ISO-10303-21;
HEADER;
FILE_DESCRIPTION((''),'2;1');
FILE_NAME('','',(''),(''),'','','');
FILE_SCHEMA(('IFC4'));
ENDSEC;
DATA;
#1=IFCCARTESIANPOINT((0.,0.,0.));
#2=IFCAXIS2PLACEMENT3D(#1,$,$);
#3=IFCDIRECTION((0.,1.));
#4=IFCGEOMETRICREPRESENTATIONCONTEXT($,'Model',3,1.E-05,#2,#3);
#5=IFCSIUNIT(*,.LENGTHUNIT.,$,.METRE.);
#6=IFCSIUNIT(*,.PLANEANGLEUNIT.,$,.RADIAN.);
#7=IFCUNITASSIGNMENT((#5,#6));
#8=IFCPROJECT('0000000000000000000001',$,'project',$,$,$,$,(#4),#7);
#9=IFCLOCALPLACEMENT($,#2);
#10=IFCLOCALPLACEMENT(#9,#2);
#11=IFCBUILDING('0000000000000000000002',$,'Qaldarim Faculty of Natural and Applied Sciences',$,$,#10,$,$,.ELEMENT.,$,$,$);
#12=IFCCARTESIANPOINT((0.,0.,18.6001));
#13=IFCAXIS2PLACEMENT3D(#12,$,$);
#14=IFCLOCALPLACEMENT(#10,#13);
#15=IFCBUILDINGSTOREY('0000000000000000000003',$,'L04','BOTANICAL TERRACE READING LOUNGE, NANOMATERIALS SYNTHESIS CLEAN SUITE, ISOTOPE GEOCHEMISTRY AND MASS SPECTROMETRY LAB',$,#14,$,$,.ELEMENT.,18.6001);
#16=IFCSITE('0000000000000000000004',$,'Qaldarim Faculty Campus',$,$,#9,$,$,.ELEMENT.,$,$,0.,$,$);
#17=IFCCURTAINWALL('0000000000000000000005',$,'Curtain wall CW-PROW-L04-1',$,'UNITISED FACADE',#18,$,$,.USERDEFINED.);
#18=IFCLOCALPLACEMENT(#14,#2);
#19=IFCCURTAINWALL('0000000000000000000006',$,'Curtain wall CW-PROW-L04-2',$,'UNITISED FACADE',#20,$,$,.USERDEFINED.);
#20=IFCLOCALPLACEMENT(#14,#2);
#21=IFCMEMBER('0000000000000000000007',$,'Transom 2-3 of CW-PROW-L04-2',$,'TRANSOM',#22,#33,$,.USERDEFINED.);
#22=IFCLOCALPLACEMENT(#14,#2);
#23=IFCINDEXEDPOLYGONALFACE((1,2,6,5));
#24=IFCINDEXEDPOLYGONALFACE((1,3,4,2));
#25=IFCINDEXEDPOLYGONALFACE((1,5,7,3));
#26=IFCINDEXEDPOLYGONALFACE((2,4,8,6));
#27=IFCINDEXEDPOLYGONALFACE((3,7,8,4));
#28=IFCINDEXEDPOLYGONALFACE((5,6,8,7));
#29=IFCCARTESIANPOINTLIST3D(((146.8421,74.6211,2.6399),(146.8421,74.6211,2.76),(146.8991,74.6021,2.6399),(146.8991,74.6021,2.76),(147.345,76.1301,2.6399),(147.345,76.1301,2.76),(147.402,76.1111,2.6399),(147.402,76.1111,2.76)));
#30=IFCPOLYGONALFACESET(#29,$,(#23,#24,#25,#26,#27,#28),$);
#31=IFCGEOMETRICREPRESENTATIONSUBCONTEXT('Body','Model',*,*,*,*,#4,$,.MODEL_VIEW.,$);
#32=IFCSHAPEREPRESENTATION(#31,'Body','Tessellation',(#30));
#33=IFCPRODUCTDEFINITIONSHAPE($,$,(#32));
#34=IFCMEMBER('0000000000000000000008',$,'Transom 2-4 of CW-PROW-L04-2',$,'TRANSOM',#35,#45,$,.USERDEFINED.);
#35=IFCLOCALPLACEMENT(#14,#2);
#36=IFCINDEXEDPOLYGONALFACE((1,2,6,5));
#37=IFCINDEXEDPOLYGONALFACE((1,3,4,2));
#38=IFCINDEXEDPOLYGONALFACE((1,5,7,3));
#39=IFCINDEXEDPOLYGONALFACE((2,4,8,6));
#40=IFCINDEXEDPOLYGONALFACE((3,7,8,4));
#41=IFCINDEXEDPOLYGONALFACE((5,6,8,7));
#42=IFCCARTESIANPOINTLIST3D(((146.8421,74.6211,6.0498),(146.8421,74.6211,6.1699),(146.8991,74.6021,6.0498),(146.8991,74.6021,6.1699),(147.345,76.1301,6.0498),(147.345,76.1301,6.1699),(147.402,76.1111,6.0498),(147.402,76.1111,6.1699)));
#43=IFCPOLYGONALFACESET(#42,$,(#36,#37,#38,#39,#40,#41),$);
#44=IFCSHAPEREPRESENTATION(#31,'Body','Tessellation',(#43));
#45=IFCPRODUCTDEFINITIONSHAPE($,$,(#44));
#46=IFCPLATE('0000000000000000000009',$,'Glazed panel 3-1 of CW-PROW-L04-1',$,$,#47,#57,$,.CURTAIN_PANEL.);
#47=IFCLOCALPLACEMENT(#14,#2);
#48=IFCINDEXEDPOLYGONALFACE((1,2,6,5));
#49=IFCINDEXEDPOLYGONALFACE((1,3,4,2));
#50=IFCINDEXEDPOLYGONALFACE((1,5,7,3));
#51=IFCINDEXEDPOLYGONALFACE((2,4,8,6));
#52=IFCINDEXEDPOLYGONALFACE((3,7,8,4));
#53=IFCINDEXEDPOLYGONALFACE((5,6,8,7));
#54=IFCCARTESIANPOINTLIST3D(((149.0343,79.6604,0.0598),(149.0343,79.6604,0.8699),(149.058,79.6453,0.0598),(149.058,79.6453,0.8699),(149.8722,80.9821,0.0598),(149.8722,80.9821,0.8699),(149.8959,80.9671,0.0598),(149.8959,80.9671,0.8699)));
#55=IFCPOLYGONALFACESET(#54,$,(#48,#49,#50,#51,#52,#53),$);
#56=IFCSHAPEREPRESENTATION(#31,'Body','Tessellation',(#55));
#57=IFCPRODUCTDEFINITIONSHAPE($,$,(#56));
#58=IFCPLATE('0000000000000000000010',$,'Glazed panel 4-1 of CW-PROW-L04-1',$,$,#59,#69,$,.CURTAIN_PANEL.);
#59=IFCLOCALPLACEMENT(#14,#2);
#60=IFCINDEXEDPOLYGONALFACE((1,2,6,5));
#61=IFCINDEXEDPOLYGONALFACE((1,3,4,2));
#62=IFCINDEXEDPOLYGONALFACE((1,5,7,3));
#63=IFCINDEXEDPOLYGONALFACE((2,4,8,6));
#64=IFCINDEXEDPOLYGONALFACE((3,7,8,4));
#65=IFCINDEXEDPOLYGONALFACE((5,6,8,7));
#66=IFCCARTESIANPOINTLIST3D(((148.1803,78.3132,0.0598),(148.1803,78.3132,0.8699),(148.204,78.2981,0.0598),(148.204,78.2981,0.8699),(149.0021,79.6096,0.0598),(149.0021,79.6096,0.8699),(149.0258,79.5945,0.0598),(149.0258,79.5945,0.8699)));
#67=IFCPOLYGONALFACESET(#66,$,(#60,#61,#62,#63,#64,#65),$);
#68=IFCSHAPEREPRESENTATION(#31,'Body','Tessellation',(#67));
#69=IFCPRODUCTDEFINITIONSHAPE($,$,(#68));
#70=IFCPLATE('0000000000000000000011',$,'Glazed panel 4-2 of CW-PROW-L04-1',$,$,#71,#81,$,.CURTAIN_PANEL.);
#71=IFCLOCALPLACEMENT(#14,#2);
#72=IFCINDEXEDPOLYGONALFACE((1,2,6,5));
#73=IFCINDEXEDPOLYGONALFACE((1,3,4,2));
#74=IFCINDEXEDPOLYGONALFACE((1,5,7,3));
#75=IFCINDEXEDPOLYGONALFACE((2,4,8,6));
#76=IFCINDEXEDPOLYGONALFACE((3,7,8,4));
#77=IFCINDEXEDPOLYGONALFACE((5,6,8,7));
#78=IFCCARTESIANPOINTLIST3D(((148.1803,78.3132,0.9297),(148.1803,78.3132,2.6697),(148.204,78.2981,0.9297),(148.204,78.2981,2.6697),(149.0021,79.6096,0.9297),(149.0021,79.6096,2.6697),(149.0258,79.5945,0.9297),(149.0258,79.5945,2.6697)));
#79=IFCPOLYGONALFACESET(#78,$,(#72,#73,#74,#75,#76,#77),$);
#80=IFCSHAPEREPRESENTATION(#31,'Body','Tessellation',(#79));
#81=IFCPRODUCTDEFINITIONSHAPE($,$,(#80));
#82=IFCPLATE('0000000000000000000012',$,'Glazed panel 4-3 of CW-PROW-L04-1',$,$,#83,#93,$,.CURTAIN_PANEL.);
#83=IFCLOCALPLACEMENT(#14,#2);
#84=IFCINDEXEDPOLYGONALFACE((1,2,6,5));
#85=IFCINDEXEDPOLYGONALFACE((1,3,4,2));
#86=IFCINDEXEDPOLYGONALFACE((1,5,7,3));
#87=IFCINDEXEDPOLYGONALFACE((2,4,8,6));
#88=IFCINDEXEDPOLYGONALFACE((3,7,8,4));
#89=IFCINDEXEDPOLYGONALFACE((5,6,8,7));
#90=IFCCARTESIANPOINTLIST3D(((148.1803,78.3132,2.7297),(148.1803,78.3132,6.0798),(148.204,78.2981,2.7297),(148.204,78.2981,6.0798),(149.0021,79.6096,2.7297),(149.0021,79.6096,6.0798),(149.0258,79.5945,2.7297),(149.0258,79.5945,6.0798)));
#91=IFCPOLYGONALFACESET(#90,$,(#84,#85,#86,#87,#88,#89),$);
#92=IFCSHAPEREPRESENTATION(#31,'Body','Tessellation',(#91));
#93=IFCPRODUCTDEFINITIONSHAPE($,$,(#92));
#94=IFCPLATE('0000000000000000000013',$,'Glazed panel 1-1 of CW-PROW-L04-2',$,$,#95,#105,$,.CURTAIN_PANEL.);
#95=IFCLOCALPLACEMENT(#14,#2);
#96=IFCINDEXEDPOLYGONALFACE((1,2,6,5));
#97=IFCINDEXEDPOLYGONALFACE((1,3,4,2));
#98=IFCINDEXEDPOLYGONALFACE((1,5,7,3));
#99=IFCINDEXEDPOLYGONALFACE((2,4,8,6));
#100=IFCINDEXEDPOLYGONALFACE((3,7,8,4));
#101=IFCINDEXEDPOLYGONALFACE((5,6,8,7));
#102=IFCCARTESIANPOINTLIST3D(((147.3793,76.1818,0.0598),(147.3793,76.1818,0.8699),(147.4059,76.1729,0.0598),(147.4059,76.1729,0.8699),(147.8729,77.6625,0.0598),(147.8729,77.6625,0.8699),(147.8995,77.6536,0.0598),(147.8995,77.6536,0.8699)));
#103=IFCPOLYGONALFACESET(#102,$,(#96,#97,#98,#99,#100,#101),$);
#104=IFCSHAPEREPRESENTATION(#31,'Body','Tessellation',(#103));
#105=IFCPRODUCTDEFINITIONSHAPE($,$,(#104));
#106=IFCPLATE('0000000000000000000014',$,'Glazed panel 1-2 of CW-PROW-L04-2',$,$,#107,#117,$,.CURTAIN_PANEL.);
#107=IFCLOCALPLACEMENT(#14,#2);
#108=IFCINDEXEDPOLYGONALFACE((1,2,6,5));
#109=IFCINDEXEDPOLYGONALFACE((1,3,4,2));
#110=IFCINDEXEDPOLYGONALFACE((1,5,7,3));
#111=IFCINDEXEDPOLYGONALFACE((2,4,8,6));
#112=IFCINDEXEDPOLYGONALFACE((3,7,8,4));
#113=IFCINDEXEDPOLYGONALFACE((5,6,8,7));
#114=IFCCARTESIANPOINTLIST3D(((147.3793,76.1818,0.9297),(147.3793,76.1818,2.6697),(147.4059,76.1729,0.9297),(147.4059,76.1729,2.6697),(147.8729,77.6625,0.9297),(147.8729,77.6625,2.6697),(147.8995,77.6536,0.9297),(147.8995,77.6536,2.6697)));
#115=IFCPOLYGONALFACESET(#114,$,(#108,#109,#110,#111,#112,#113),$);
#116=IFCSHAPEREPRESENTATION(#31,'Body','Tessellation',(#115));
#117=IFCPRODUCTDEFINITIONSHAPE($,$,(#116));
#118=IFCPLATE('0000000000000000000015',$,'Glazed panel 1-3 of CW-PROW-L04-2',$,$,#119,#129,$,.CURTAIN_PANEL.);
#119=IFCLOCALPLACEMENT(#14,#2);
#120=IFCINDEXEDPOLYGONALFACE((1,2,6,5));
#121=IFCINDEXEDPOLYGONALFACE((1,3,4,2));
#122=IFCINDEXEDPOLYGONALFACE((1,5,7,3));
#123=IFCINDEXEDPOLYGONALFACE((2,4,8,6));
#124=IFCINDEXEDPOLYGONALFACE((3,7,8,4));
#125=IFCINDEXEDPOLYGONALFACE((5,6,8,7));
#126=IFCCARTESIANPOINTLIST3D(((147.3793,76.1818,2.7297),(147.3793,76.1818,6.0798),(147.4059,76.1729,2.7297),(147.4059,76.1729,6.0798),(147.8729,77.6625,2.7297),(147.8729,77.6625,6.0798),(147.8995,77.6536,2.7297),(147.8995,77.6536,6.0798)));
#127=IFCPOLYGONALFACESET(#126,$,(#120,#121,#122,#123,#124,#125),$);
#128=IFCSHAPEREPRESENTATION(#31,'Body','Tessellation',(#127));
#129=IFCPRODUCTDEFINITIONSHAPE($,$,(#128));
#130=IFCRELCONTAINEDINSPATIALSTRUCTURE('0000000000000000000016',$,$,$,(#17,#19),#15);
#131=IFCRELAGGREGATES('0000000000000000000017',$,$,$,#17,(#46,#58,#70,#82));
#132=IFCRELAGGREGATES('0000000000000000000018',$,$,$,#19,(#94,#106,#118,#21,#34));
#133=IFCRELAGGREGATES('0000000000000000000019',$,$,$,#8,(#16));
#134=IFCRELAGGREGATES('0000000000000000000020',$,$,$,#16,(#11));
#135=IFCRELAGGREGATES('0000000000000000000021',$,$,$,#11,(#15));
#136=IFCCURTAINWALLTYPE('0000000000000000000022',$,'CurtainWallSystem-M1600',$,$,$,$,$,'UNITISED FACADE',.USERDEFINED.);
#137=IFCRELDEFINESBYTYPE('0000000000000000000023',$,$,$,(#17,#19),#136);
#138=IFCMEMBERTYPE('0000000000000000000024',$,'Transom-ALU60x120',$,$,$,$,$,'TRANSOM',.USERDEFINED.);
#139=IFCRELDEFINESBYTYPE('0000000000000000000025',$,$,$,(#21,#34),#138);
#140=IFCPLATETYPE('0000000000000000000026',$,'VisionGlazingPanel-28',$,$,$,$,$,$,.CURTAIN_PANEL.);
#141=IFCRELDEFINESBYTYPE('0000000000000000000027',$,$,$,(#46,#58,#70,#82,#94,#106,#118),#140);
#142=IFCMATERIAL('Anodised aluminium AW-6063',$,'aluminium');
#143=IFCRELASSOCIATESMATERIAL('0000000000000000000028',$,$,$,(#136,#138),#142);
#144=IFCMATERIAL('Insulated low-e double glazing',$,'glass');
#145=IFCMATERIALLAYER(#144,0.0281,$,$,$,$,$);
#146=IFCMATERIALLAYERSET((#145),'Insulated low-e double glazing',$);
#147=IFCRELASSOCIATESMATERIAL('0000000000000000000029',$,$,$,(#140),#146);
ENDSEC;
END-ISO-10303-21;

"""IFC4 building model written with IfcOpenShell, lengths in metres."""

from ifc_helpers import new_model, si_unit, direction, frame, origin, origin_2d, place, context, subcontext, project, spatial, rectangle, extrude, material, layer, layer_set, material_profile, profile_set, type_object, element, aggregate, save


model = new_model("IFC4")

# Units and contexts
model_context = context("Model", 3, precision=1e-05, world=origin(), true_north=direction((0.0, 1.0)))
body_context = subcontext(model_context, "Body", "Model", "MODEL_VIEW")
ifc_project = project(units=[si_unit("LENGTHUNIT", "METRE"), si_unit("PLANEANGLEUNIT", "RADIAN")], contexts=[model_context])

# Site, building, storey
site_placement = place(None, origin())
site = spatial("IfcSite", under=ifc_project, at=site_placement, Name="Qaldarim Faculty Campus", CompositionType="ELEMENT", RefElevation=0.0)
building_placement = place(site_placement, origin())
building = spatial("IfcBuilding", under=site, at=building_placement, Name="Qaldarim Faculty of Natural and Applied Sciences", CompositionType="ELEMENT")
storey_placement = place(building_placement, frame((0.0, 0.0, 18.6001)))
storey = spatial("IfcBuildingStorey", under=building, at=storey_placement, Name="L04", Description="BOTANICAL TERRACE READING LOUNGE, NANOMATERIALS SYNTHESIS CLEAN SUITE, ISOTOPE GEOCHEMISTRY AND MASS SPECTROMETRY LAB", CompositionType="ELEMENT", Elevation=18.6001)

# Curtain walls
ifc_material_1 = material(Name="Anodised aluminium AW-6063", Category="aluminium")
curtain_wall_type = type_object("IfcCurtainWallType", Name="CurtainWallSystem-M1600", ElementType="UNITISED FACADE", PredefinedType="USERDEFINED", material=ifc_material_1)
curtain_wall_1_placement = place(storey_placement, origin())
curtain_wall_1 = element("IfcCurtainWall", 1, at=curtain_wall_1_placement, inside=storey, type_object=curtain_wall_type, Name="Curtain wall CW-PROW-L04-1", ObjectType="UNITISED FACADE", PredefinedType="USERDEFINED")
curtain_wall_2_placement = place(storey_placement, origin())
curtain_wall_2 = element("IfcCurtainWall", 2, at=curtain_wall_2_placement, inside=storey, type_object=curtain_wall_type, Name="Curtain wall CW-PROW-L04-2", ObjectType="UNITISED FACADE", PredefinedType="USERDEFINED")

# Members
ifc_material_profile_1 = material_profile(ifc_material_1, rectangle(XDim=0.0601, YDim=0.1201, at=origin_2d()), Name="ALU-T60x120")
ifc_profile_set_1 = profile_set([ifc_material_profile_1], Name="Anodised aluminium AW-6063")
member_type_1 = type_object("IfcMemberType", Name="Transom-ALU60x120", ElementType="TRANSOM", PredefinedType="USERDEFINED", material=ifc_profile_set_1)
member_1_placement = place(storey_placement, frame((147.3735, 76.1206, 2.7), z_axis=(-0.316182, -0.948699, 0.0), x_axis=(0.948699, -0.316182, 0.0)))
member_1 = element("IfcMember", 3, at=member_1_placement, type_object=member_type_1, Name="Transom 2-3 of CW-PROW-L04-2", ObjectType="TRANSOM", PredefinedType="USERDEFINED", context=body_context, shape_type="SweptSolid", body=[
    extrude(rectangle(XDim=0.0601, YDim=0.1201, at=origin_2d()), origin(), (0.0, 0.0, 1.0), 1.5906),
])
member_2_placement = place(storey_placement, frame((147.3735, 76.1206, 6.1099), z_axis=(-0.316182, -0.948699, 0.0), x_axis=(0.948699, -0.316182, 0.0)))
member_2 = element("IfcMember", 4, at=member_2_placement, type_object=member_type_1, Name="Transom 2-4 of CW-PROW-L04-2", ObjectType="TRANSOM", PredefinedType="USERDEFINED", context=body_context, shape_type="SweptSolid", body=[
    extrude(rectangle(XDim=0.0601, YDim=0.1201, at=origin_2d()), origin(), (0.0, 0.0, 1.0), 1.5906),
])

# Plates
ifc_material_2 = material(Name="Insulated low-e double glazing", Category="glass")
ifc_layer = layer(ifc_material_2, 0.0281)
ifc_layer_set = layer_set([ifc_layer], Name="Insulated low-e double glazing")
plate_type = type_object("IfcPlateType", Name="VisionGlazingPanel-28", PredefinedType="CURTAIN_PANEL", material=ifc_layer_set)
plate_1_placement = place(storey_placement, frame((149.4651, 80.3137, 0.0598), z_axis=(0.0, 0.0, 1.0), x_axis=(-0.535385, -0.844608, 0.0)))
plate_1 = element("IfcPlate", 5, at=plate_1_placement, type_object=plate_type, Name="Glazed panel 3-1 of CW-PROW-L04-1", PredefinedType="CURTAIN_PANEL", context=body_context, shape_type="SweptSolid", body=[
    extrude(rectangle(XDim=1.5649, YDim=0.0281, at=origin_2d()), origin(), (0.0, 0.0, 1.0), 0.8101),
])
plate_2_placement = place(storey_placement, frame((148.603, 78.9539, 0.0598), z_axis=(0.0, 0.0, 1.0), x_axis=(-0.535385, -0.844608, 0.0)))
plate_2 = element("IfcPlate", 6, at=plate_2_placement, type_object=plate_type, Name="Glazed panel 4-1 of CW-PROW-L04-1", PredefinedType="CURTAIN_PANEL", context=body_context, shape_type="SweptSolid", body=[
    extrude(rectangle(XDim=1.5349, YDim=0.0281, at=origin_2d()), origin(), (0.0, 0.0, 1.0), 0.8101),
])
plate_3_placement = place(storey_placement, frame((148.603, 78.9539, 0.9297), z_axis=(0.0, 0.0, 1.0), x_axis=(-0.535385, -0.844608, 0.0)))
plate_3 = element("IfcPlate", 7, at=plate_3_placement, type_object=plate_type, Name="Glazed panel 4-2 of CW-PROW-L04-1", PredefinedType="CURTAIN_PANEL", context=body_context, shape_type="SweptSolid", body=[
    extrude(rectangle(XDim=1.5349, YDim=0.0281, at=origin_2d()), origin(), (0.0, 0.0, 1.0), 1.74),
])
plate_4_placement = place(storey_placement, frame((148.603, 78.9539, 2.7297), z_axis=(0.0, 0.0, 1.0), x_axis=(-0.535385, -0.844608, 0.0)))
plate_4 = element("IfcPlate", 8, at=plate_4_placement, type_object=plate_type, Name="Glazed panel 4-3 of CW-PROW-L04-1", PredefinedType="CURTAIN_PANEL", context=body_context, shape_type="SweptSolid", body=[
    extrude(rectangle(XDim=1.5349, YDim=0.0281, at=origin_2d()), origin(), (0.0, 0.0, 1.0), 3.3501),
])
aggregate(curtain_wall_1, [plate_1, plate_2, plate_3, plate_4])
plate_5_placement = place(storey_placement, frame((147.6394, 76.9177, 0.0598), z_axis=(0.0, 0.0, 1.0), x_axis=(-0.316229, -0.948683, 0.0)))
plate_5 = element("IfcPlate", 9, at=plate_5_placement, type_object=plate_type, Name="Glazed panel 1-1 of CW-PROW-L04-2", PredefinedType="CURTAIN_PANEL", context=body_context, shape_type="SweptSolid", body=[
    extrude(rectangle(XDim=1.5608, YDim=0.0281, at=origin_2d()), origin(), (0.0, 0.0, 1.0), 0.8101),
])
plate_6_placement = place(storey_placement, frame((147.6394, 76.9177, 0.9297), z_axis=(0.0, 0.0, 1.0), x_axis=(-0.316229, -0.948683, 0.0)))
plate_6 = element("IfcPlate", 10, at=plate_6_placement, type_object=plate_type, Name="Glazed panel 1-2 of CW-PROW-L04-2", PredefinedType="CURTAIN_PANEL", context=body_context, shape_type="SweptSolid", body=[
    extrude(rectangle(XDim=1.5608, YDim=0.0281, at=origin_2d()), origin(), (0.0, 0.0, 1.0), 1.74),
])
plate_7_placement = place(storey_placement, frame((147.6394, 76.9177, 2.7297), z_axis=(0.0, 0.0, 1.0), x_axis=(-0.316229, -0.948683, 0.0)))
plate_7 = element("IfcPlate", 11, at=plate_7_placement, type_object=plate_type, Name="Glazed panel 1-3 of CW-PROW-L04-2", PredefinedType="CURTAIN_PANEL", context=body_context, shape_type="SweptSolid", body=[
    extrude(rectangle(XDim=1.5608, YDim=0.0281, at=origin_2d()), origin(), (0.0, 0.0, 1.0), 3.3501),
])
aggregate(curtain_wall_2, [plate_5, plate_6, plate_7, member_1, member_2])

save(model, "model.ifc")
